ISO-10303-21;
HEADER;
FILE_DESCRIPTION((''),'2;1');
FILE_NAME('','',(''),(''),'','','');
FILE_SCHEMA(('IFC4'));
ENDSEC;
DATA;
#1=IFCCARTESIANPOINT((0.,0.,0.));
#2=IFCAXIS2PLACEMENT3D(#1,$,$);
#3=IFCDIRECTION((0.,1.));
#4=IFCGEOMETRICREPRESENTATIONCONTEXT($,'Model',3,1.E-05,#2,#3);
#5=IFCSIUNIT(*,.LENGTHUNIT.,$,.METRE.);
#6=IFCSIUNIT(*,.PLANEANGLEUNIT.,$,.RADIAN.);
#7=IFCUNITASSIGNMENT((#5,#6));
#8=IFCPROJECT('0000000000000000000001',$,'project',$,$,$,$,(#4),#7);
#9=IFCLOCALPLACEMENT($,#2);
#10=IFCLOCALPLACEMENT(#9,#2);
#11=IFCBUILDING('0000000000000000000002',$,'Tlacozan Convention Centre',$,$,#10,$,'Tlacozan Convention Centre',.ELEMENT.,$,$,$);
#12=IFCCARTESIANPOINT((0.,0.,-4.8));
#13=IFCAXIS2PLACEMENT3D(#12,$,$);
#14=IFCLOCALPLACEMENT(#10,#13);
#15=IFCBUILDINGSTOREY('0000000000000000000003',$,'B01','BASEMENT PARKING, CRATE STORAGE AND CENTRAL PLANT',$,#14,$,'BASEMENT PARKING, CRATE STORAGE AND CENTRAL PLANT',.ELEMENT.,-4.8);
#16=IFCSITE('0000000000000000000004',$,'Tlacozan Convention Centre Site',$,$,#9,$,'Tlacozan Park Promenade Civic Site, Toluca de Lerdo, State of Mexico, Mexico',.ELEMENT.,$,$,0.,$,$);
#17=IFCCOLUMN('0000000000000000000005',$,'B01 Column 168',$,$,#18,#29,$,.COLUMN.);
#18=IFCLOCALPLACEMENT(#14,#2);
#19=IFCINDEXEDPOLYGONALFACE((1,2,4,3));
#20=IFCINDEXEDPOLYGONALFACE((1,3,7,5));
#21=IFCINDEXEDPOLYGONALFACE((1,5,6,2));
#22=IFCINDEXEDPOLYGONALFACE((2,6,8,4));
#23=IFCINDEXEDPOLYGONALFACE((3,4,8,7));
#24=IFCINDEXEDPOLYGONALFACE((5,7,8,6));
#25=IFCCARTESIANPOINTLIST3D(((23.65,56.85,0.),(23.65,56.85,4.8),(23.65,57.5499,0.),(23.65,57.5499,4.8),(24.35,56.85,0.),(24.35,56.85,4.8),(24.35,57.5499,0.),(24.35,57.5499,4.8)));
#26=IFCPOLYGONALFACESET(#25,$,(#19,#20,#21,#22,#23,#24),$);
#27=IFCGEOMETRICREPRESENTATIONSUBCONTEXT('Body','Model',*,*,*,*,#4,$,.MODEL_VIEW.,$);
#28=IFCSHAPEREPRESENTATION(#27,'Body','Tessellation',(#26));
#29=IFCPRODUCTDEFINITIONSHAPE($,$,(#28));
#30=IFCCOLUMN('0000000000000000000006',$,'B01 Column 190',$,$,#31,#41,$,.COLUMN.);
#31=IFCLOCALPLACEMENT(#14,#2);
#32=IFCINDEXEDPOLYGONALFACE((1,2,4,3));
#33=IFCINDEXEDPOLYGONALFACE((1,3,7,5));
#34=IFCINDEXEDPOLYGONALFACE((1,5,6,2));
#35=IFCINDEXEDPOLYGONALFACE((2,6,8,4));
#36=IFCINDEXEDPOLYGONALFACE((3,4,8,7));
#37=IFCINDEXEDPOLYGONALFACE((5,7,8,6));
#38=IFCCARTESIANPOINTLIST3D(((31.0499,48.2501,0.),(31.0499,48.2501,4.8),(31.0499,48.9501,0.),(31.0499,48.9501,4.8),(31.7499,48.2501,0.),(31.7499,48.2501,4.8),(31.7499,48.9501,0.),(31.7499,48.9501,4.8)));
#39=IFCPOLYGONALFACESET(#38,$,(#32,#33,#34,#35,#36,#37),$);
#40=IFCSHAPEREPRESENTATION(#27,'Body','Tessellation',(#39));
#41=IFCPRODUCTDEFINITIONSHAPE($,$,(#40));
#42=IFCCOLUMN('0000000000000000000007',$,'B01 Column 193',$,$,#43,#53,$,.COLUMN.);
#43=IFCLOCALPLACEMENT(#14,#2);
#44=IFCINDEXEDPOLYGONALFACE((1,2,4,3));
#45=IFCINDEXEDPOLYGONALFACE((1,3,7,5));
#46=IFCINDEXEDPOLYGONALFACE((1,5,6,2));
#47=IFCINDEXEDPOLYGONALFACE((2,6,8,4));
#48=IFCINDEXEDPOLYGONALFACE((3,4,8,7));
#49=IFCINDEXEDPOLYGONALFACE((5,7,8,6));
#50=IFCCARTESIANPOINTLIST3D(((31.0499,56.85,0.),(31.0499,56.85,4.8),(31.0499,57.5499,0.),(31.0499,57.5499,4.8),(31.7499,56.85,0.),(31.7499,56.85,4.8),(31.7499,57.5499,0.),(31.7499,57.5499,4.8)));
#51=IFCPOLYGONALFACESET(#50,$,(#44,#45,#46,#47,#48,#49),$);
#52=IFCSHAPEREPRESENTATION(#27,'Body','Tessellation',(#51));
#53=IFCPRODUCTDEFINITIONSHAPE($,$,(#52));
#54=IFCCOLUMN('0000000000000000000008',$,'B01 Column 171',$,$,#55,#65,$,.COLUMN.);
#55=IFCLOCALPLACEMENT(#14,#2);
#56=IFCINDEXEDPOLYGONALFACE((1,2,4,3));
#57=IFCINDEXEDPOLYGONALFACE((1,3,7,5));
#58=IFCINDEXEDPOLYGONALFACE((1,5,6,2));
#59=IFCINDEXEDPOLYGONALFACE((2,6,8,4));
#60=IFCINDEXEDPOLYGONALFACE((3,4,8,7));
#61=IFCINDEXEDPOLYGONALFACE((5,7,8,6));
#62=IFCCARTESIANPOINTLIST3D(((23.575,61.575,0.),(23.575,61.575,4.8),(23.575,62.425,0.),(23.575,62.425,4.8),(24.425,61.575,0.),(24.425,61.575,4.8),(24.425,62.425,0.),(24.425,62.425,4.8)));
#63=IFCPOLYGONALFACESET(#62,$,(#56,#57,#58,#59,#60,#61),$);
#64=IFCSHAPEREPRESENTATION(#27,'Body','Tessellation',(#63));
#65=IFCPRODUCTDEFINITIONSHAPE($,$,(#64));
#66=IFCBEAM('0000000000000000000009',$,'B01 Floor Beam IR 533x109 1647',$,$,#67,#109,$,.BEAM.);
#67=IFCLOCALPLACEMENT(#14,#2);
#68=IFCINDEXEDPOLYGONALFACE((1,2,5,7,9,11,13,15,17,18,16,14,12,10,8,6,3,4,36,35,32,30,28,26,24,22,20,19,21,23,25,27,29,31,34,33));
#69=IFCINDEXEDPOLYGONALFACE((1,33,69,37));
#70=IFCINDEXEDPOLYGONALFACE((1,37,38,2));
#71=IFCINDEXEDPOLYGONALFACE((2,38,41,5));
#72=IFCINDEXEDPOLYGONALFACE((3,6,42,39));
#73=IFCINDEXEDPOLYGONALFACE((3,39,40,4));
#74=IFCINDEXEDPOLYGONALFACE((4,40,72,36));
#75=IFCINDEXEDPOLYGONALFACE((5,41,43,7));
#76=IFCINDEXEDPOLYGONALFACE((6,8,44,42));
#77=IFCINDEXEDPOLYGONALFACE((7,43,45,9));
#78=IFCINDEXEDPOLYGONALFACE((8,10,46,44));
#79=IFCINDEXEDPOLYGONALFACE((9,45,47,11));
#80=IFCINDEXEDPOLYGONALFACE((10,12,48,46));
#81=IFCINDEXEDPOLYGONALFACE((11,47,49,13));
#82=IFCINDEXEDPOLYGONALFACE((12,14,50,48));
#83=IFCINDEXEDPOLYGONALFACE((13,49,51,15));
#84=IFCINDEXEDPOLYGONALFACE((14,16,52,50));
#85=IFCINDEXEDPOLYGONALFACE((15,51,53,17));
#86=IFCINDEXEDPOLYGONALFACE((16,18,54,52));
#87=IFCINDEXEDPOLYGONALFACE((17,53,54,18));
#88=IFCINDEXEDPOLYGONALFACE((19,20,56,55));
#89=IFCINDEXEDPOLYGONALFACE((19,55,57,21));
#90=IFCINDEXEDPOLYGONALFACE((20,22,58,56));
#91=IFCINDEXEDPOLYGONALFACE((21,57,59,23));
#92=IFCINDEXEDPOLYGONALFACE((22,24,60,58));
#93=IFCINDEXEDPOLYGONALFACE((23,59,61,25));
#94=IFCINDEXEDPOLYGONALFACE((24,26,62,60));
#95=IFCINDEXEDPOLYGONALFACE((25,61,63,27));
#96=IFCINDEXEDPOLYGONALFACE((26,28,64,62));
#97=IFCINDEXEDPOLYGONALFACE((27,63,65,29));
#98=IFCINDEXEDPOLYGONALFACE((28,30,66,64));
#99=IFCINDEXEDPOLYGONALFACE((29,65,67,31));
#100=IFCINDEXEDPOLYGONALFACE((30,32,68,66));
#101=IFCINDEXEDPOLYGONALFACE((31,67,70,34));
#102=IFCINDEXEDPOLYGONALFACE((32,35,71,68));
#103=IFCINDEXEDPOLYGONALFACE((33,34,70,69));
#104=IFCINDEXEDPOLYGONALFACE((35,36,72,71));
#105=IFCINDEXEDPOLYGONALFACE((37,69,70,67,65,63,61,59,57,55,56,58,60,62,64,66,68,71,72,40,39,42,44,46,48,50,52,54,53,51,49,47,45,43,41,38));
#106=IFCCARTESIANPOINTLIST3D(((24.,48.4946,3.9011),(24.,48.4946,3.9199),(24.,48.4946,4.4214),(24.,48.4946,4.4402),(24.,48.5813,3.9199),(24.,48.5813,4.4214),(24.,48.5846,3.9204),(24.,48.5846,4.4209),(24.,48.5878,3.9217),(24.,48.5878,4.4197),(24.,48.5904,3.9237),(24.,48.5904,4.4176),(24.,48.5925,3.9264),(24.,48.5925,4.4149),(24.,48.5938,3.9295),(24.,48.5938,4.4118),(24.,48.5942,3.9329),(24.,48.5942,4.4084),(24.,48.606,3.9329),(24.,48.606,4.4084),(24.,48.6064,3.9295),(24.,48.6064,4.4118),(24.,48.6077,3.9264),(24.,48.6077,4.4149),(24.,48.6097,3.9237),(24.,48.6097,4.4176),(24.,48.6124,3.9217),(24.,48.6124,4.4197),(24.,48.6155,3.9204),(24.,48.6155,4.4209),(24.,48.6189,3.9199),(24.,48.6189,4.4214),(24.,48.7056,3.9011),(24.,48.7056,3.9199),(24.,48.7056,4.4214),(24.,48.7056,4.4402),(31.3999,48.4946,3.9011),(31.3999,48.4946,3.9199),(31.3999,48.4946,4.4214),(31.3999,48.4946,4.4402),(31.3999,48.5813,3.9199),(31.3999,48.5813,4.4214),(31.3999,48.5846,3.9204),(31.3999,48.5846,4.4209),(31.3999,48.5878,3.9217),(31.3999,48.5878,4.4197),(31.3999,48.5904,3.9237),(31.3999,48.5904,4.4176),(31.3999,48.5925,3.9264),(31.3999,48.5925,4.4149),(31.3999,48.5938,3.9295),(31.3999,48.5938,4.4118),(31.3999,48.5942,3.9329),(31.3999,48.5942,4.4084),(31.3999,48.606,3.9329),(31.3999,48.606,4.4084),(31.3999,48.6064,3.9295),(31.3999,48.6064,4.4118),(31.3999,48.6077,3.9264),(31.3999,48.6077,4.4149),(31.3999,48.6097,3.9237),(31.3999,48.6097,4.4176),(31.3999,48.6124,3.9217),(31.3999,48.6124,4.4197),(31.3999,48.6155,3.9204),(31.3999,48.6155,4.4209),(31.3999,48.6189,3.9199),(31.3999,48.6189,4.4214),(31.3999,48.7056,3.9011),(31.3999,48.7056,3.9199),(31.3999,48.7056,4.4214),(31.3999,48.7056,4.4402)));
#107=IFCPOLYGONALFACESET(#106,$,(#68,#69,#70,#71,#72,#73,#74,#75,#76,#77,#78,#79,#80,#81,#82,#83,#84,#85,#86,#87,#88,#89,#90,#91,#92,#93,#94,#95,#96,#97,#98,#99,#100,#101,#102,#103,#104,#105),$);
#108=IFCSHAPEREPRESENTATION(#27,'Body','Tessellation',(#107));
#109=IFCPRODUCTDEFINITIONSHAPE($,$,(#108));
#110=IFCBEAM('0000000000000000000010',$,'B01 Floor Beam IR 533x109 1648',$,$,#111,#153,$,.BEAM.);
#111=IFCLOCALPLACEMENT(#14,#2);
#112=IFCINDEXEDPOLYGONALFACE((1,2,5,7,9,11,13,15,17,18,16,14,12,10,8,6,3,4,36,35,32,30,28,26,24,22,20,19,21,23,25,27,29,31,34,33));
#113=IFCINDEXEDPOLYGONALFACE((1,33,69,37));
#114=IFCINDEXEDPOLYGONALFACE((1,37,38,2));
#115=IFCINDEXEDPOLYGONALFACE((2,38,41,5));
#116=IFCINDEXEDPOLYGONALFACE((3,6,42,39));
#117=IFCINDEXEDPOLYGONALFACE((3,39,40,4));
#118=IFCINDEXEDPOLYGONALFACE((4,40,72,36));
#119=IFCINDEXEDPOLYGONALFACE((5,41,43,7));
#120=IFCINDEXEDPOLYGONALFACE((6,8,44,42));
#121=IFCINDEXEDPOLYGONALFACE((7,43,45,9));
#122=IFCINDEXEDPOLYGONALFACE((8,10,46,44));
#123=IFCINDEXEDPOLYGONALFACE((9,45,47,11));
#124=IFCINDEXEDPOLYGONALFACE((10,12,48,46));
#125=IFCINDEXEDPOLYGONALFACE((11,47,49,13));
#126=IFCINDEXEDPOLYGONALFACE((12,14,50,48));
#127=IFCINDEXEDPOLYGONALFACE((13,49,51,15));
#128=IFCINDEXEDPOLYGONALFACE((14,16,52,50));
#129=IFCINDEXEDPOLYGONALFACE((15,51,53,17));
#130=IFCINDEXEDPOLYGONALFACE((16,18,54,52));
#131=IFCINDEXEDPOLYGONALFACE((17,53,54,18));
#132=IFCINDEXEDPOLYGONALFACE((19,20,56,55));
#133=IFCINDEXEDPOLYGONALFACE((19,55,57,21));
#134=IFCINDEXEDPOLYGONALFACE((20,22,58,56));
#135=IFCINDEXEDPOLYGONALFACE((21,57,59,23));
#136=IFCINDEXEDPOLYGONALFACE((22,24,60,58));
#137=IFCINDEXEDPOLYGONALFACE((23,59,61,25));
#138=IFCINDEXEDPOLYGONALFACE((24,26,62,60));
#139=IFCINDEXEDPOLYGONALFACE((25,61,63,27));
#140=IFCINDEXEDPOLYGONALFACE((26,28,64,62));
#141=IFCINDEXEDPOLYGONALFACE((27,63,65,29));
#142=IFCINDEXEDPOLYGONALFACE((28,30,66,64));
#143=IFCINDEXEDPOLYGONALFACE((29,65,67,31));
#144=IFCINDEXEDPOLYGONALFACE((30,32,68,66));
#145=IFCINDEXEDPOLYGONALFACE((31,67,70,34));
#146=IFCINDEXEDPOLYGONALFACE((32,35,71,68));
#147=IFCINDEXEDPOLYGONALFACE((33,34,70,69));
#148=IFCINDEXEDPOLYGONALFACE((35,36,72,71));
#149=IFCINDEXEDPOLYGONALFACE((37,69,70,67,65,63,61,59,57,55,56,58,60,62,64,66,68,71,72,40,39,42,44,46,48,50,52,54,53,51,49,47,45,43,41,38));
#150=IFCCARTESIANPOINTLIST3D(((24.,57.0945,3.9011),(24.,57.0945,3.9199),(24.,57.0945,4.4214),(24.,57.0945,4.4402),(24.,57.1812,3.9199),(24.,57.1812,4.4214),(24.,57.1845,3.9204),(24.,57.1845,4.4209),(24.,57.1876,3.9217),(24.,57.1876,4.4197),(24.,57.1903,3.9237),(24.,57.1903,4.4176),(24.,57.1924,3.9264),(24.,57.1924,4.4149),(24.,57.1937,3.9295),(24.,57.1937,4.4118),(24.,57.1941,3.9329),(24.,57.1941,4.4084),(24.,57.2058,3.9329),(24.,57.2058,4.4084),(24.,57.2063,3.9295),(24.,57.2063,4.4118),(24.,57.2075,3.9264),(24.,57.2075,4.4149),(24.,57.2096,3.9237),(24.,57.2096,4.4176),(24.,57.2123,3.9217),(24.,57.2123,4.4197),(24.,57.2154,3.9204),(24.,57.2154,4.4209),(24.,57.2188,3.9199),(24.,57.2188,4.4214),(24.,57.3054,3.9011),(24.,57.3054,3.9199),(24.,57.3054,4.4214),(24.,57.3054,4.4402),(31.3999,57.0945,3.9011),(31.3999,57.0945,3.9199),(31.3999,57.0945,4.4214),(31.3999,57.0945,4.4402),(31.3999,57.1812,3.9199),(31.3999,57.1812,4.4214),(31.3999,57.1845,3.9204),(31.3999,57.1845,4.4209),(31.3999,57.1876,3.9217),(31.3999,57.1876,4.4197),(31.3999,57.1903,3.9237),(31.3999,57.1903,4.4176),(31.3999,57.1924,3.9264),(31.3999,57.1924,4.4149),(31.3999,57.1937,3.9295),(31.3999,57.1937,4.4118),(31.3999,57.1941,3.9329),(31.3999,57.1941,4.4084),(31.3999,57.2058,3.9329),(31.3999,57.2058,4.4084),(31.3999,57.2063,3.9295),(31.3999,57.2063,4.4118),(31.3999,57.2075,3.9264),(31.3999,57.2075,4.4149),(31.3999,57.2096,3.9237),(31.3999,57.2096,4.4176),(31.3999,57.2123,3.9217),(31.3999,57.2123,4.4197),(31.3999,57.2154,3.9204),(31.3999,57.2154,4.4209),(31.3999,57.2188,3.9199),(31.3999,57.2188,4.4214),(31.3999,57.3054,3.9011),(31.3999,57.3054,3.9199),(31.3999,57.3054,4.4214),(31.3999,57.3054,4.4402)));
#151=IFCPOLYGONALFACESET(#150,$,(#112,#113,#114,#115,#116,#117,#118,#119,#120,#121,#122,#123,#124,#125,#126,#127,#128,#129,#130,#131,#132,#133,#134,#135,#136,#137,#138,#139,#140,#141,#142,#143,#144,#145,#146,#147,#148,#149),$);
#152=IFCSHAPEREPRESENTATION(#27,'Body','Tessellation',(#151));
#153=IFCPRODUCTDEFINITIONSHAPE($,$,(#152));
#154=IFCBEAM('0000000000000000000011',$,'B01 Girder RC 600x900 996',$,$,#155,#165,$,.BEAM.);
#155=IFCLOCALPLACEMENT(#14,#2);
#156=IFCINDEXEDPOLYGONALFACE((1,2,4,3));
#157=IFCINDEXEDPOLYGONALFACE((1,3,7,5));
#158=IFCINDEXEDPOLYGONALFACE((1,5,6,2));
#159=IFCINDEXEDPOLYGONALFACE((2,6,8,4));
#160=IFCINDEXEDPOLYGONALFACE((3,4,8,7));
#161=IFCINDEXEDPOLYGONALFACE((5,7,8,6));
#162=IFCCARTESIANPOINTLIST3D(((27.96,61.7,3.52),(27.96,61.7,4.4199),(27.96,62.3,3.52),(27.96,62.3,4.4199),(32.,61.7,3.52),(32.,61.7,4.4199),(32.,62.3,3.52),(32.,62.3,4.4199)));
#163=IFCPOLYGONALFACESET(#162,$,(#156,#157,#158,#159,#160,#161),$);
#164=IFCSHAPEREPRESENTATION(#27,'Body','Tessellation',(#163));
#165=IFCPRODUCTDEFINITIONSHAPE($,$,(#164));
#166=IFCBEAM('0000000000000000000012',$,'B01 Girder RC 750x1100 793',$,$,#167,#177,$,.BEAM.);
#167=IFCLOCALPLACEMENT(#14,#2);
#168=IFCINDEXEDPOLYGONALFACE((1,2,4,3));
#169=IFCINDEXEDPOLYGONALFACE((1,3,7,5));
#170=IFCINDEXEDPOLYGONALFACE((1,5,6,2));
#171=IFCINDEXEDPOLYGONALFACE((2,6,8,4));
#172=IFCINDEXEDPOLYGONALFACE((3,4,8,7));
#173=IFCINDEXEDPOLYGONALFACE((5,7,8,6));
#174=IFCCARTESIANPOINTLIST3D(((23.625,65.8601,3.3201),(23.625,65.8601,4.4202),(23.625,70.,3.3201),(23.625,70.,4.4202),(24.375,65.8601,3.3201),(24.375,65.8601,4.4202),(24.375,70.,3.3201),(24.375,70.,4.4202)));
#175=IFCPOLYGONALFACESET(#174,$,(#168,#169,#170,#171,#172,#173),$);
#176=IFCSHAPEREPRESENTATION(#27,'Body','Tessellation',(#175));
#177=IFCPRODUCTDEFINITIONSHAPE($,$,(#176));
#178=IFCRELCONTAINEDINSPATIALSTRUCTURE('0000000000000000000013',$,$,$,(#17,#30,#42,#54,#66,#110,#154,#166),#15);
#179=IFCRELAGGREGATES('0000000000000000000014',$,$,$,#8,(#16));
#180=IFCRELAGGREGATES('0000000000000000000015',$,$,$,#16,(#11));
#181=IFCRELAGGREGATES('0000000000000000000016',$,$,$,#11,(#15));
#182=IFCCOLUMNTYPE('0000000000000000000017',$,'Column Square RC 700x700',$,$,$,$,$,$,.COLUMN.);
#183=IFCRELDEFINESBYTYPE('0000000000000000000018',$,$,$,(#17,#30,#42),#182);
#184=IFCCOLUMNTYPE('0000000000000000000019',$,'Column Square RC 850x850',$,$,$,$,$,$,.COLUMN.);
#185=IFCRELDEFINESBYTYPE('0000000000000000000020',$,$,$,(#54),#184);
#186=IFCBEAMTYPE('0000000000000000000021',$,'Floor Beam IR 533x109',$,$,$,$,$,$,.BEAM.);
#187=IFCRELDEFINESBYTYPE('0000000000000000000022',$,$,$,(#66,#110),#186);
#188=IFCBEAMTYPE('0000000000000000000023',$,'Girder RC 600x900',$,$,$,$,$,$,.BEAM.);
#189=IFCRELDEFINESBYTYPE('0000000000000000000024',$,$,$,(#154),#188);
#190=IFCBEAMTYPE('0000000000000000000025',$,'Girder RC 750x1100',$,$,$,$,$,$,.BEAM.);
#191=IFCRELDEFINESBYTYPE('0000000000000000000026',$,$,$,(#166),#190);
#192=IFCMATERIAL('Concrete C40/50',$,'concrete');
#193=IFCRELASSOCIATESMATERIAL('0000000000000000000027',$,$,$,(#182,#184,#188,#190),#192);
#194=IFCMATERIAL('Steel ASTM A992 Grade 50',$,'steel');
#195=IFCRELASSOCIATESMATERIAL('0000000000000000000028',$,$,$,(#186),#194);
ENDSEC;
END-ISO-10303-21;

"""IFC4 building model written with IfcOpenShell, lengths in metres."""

from ifc_helpers import new_model, si_unit, direction, frame, origin, origin_2d, place, context, subcontext, project, spatial, rectangle, i_section, extrude, material, material_profile, profile_set, type_object, element, save


model = new_model("IFC4")

# Units and contexts
model_context = context("Model", 3, precision=1e-05, world=origin(), true_north=direction((0.0, 1.0)))
body_context = subcontext(model_context, "Body", "Model", "MODEL_VIEW")
ifc_project = project(units=[si_unit("LENGTHUNIT", "METRE"), si_unit("PLANEANGLEUNIT", "RADIAN")], contexts=[model_context])

# Site, building, storey
site_placement = place(None, origin())
site = spatial("IfcSite", under=ifc_project, at=site_placement, Name="Tlacozan Convention Centre Site", LongName="Tlacozan Park Promenade Civic Site, Toluca de Lerdo, State of Mexico, Mexico", CompositionType="ELEMENT", RefElevation=0.0)
building_placement = place(site_placement, origin())
building = spatial("IfcBuilding", under=site, at=building_placement, Name="Tlacozan Convention Centre", LongName="Tlacozan Convention Centre", CompositionType="ELEMENT")
storey_placement = place(building_placement, frame((0.0, 0.0, -4.8)))
storey = spatial("IfcBuildingStorey", under=building, at=storey_placement, Name="B01", Description="BASEMENT PARKING, CRATE STORAGE AND CENTRAL PLANT", LongName="BASEMENT PARKING, CRATE STORAGE AND CENTRAL PLANT", CompositionType="ELEMENT", Elevation=-4.8)

# Columns
ifc_material_1 = material(Name="Concrete C40/50", Category="concrete")
ifc_material_profile_1 = material_profile(ifc_material_1, rectangle(XDim=0.7, YDim=0.7, at=origin_2d()), Name="RC 700x700")
ifc_profile_set_1 = profile_set([ifc_material_profile_1], Name="Concrete C40/50")
column_type_1 = type_object("IfcColumnType", Name="Column Square RC 700x700", PredefinedType="COLUMN", material=ifc_profile_set_1)
for number, where, z_axis, x_axis, name in (
    (1, (24.0, 57.2, 0.0), (0.0, 0.0, 1.0), (1.0, 0.0, 0.0), "B01 Column 168"),
    (2, (31.3999, 48.6001, 0.0), (0.0, 0.0, 1.0), (1.0, 0.0, 0.0), "B01 Column 190"),
    (3, (31.3999, 57.2, 0.0), (0.0, 0.0, 1.0), (1.0, 0.0, 0.0), "B01 Column 193"),
):
    element("IfcColumn", number, at=place(storey_placement, frame(where, z_axis=z_axis, x_axis=x_axis)), inside=storey, type_object=column_type_1, Name=name, PredefinedType="COLUMN", context=body_context, shape_type="SweptSolid", body=[
        extrude(rectangle(XDim=0.7, YDim=0.7, at=origin_2d()), origin(), (0.0, 0.0, 1.0), 4.8),
    ])
ifc_material_profile_2 = material_profile(ifc_material_1, rectangle(XDim=0.8501, YDim=0.8501, at=origin_2d()), Name="RC 850x850")
ifc_profile_set_2 = profile_set([ifc_material_profile_2], Name="Concrete C40/50")
column_type_2 = type_object("IfcColumnType", Name="Column Square RC 850x850", PredefinedType="COLUMN", material=ifc_profile_set_2)
column_placement = place(storey_placement, frame((24.0, 62.0, 0.0), z_axis=(0.0, 0.0, 1.0), x_axis=(1.0, 0.0, 0.0)))
element("IfcColumn", 4, at=column_placement, inside=storey, type_object=column_type_2, Name="B01 Column 171", PredefinedType="COLUMN", context=body_context, shape_type="SweptSolid", body=[
    extrude(rectangle(XDim=0.8501, YDim=0.8501, at=origin_2d()), origin(), (0.0, 0.0, 1.0), 4.8),
])

# Beams
ifc_material_2 = material(Name="Steel ASTM A992 Grade 50", Category="steel")
ifc_material_profile_3 = material_profile(ifc_material_2, i_section(OverallWidth=0.2109, OverallDepth=0.5391, WebThickness=0.0117, FlangeThickness=0.0188, FilletRadius=0.0129, at=origin_2d()), Name="IR 533x109.0")
ifc_profile_set_3 = profile_set([ifc_material_profile_3], Name="Steel ASTM A992 Grade 50")
beam_type_1 = type_object("IfcBeamType", Name="Floor Beam IR 533x109", PredefinedType="BEAM", material=ifc_profile_set_3)
for number, where, z_axis, x_axis, name in (
    (5, (24.0, 48.6001, 4.1707), (1.0, 0.0, 0.0), (0.0, 1.0, 0.0), "B01 Floor Beam IR 533x109 1647"),
    (6, (24.0, 57.2, 4.1707), (1.0, 0.0, 0.0), (0.0, 1.0, 0.0), "B01 Floor Beam IR 533x109 1648"),
):
    element("IfcBeam", number, at=place(storey_placement, frame(where, z_axis=z_axis, x_axis=x_axis)), inside=storey, type_object=beam_type_1, Name=name, PredefinedType="BEAM", context=body_context, shape_type="SweptSolid", body=[
        extrude(i_section(OverallWidth=0.2109, OverallDepth=0.5391, WebThickness=0.0117, FlangeThickness=0.0188, FilletRadius=0.0129, at=origin_2d()), origin(), (0.0, 0.0, 1.0), 7.3999),
    ])
ifc_material_profile_4 = material_profile(ifc_material_1, rectangle(XDim=0.6001, YDim=0.8999, at=origin_2d()), Name="RC 600x900")
ifc_profile_set_4 = profile_set([ifc_material_profile_4], Name="Concrete C40/50")
beam_type_2 = type_object("IfcBeamType", Name="Girder RC 600x900", PredefinedType="BEAM", material=ifc_profile_set_4)
beam_1_placement = place(storey_placement, frame((27.96, 62.0, 3.97), z_axis=(1.0, 0.0, 0.0), x_axis=(0.0, 1.0, 0.0)))
element("IfcBeam", 7, at=beam_1_placement, inside=storey, type_object=beam_type_2, Name="B01 Girder RC 600x900 996", PredefinedType="BEAM", context=body_context, shape_type="SweptSolid", body=[
    extrude(rectangle(XDim=0.6001, YDim=0.8999, at=origin_2d()), origin(), (0.0, 0.0, 1.0), 4.04),
])
ifc_material_profile_5 = material_profile(ifc_material_1, rectangle(XDim=0.75, YDim=1.1001, at=origin_2d()), Name="RC 750x1100")
ifc_profile_set_5 = profile_set([ifc_material_profile_5], Name="Concrete C40/50")
beam_type_3 = type_object("IfcBeamType", Name="Girder RC 750x1100", PredefinedType="BEAM", material=ifc_profile_set_5)
beam_2_placement = place(storey_placement, frame((24.0, 65.8601, 3.8701), z_axis=(0.0, 1.0, 0.0), x_axis=(-1.0, 0.0, 0.0)))
element("IfcBeam", 8, at=beam_2_placement, inside=storey, type_object=beam_type_3, Name="B01 Girder RC 750x1100 793", PredefinedType="BEAM", context=body_context, shape_type="SweptSolid", body=[
    extrude(rectangle(XDim=0.75, YDim=1.1001, at=origin_2d()), origin(), (0.0, 0.0, 1.0), 4.1399),
])

save(model, "model.ifc")
